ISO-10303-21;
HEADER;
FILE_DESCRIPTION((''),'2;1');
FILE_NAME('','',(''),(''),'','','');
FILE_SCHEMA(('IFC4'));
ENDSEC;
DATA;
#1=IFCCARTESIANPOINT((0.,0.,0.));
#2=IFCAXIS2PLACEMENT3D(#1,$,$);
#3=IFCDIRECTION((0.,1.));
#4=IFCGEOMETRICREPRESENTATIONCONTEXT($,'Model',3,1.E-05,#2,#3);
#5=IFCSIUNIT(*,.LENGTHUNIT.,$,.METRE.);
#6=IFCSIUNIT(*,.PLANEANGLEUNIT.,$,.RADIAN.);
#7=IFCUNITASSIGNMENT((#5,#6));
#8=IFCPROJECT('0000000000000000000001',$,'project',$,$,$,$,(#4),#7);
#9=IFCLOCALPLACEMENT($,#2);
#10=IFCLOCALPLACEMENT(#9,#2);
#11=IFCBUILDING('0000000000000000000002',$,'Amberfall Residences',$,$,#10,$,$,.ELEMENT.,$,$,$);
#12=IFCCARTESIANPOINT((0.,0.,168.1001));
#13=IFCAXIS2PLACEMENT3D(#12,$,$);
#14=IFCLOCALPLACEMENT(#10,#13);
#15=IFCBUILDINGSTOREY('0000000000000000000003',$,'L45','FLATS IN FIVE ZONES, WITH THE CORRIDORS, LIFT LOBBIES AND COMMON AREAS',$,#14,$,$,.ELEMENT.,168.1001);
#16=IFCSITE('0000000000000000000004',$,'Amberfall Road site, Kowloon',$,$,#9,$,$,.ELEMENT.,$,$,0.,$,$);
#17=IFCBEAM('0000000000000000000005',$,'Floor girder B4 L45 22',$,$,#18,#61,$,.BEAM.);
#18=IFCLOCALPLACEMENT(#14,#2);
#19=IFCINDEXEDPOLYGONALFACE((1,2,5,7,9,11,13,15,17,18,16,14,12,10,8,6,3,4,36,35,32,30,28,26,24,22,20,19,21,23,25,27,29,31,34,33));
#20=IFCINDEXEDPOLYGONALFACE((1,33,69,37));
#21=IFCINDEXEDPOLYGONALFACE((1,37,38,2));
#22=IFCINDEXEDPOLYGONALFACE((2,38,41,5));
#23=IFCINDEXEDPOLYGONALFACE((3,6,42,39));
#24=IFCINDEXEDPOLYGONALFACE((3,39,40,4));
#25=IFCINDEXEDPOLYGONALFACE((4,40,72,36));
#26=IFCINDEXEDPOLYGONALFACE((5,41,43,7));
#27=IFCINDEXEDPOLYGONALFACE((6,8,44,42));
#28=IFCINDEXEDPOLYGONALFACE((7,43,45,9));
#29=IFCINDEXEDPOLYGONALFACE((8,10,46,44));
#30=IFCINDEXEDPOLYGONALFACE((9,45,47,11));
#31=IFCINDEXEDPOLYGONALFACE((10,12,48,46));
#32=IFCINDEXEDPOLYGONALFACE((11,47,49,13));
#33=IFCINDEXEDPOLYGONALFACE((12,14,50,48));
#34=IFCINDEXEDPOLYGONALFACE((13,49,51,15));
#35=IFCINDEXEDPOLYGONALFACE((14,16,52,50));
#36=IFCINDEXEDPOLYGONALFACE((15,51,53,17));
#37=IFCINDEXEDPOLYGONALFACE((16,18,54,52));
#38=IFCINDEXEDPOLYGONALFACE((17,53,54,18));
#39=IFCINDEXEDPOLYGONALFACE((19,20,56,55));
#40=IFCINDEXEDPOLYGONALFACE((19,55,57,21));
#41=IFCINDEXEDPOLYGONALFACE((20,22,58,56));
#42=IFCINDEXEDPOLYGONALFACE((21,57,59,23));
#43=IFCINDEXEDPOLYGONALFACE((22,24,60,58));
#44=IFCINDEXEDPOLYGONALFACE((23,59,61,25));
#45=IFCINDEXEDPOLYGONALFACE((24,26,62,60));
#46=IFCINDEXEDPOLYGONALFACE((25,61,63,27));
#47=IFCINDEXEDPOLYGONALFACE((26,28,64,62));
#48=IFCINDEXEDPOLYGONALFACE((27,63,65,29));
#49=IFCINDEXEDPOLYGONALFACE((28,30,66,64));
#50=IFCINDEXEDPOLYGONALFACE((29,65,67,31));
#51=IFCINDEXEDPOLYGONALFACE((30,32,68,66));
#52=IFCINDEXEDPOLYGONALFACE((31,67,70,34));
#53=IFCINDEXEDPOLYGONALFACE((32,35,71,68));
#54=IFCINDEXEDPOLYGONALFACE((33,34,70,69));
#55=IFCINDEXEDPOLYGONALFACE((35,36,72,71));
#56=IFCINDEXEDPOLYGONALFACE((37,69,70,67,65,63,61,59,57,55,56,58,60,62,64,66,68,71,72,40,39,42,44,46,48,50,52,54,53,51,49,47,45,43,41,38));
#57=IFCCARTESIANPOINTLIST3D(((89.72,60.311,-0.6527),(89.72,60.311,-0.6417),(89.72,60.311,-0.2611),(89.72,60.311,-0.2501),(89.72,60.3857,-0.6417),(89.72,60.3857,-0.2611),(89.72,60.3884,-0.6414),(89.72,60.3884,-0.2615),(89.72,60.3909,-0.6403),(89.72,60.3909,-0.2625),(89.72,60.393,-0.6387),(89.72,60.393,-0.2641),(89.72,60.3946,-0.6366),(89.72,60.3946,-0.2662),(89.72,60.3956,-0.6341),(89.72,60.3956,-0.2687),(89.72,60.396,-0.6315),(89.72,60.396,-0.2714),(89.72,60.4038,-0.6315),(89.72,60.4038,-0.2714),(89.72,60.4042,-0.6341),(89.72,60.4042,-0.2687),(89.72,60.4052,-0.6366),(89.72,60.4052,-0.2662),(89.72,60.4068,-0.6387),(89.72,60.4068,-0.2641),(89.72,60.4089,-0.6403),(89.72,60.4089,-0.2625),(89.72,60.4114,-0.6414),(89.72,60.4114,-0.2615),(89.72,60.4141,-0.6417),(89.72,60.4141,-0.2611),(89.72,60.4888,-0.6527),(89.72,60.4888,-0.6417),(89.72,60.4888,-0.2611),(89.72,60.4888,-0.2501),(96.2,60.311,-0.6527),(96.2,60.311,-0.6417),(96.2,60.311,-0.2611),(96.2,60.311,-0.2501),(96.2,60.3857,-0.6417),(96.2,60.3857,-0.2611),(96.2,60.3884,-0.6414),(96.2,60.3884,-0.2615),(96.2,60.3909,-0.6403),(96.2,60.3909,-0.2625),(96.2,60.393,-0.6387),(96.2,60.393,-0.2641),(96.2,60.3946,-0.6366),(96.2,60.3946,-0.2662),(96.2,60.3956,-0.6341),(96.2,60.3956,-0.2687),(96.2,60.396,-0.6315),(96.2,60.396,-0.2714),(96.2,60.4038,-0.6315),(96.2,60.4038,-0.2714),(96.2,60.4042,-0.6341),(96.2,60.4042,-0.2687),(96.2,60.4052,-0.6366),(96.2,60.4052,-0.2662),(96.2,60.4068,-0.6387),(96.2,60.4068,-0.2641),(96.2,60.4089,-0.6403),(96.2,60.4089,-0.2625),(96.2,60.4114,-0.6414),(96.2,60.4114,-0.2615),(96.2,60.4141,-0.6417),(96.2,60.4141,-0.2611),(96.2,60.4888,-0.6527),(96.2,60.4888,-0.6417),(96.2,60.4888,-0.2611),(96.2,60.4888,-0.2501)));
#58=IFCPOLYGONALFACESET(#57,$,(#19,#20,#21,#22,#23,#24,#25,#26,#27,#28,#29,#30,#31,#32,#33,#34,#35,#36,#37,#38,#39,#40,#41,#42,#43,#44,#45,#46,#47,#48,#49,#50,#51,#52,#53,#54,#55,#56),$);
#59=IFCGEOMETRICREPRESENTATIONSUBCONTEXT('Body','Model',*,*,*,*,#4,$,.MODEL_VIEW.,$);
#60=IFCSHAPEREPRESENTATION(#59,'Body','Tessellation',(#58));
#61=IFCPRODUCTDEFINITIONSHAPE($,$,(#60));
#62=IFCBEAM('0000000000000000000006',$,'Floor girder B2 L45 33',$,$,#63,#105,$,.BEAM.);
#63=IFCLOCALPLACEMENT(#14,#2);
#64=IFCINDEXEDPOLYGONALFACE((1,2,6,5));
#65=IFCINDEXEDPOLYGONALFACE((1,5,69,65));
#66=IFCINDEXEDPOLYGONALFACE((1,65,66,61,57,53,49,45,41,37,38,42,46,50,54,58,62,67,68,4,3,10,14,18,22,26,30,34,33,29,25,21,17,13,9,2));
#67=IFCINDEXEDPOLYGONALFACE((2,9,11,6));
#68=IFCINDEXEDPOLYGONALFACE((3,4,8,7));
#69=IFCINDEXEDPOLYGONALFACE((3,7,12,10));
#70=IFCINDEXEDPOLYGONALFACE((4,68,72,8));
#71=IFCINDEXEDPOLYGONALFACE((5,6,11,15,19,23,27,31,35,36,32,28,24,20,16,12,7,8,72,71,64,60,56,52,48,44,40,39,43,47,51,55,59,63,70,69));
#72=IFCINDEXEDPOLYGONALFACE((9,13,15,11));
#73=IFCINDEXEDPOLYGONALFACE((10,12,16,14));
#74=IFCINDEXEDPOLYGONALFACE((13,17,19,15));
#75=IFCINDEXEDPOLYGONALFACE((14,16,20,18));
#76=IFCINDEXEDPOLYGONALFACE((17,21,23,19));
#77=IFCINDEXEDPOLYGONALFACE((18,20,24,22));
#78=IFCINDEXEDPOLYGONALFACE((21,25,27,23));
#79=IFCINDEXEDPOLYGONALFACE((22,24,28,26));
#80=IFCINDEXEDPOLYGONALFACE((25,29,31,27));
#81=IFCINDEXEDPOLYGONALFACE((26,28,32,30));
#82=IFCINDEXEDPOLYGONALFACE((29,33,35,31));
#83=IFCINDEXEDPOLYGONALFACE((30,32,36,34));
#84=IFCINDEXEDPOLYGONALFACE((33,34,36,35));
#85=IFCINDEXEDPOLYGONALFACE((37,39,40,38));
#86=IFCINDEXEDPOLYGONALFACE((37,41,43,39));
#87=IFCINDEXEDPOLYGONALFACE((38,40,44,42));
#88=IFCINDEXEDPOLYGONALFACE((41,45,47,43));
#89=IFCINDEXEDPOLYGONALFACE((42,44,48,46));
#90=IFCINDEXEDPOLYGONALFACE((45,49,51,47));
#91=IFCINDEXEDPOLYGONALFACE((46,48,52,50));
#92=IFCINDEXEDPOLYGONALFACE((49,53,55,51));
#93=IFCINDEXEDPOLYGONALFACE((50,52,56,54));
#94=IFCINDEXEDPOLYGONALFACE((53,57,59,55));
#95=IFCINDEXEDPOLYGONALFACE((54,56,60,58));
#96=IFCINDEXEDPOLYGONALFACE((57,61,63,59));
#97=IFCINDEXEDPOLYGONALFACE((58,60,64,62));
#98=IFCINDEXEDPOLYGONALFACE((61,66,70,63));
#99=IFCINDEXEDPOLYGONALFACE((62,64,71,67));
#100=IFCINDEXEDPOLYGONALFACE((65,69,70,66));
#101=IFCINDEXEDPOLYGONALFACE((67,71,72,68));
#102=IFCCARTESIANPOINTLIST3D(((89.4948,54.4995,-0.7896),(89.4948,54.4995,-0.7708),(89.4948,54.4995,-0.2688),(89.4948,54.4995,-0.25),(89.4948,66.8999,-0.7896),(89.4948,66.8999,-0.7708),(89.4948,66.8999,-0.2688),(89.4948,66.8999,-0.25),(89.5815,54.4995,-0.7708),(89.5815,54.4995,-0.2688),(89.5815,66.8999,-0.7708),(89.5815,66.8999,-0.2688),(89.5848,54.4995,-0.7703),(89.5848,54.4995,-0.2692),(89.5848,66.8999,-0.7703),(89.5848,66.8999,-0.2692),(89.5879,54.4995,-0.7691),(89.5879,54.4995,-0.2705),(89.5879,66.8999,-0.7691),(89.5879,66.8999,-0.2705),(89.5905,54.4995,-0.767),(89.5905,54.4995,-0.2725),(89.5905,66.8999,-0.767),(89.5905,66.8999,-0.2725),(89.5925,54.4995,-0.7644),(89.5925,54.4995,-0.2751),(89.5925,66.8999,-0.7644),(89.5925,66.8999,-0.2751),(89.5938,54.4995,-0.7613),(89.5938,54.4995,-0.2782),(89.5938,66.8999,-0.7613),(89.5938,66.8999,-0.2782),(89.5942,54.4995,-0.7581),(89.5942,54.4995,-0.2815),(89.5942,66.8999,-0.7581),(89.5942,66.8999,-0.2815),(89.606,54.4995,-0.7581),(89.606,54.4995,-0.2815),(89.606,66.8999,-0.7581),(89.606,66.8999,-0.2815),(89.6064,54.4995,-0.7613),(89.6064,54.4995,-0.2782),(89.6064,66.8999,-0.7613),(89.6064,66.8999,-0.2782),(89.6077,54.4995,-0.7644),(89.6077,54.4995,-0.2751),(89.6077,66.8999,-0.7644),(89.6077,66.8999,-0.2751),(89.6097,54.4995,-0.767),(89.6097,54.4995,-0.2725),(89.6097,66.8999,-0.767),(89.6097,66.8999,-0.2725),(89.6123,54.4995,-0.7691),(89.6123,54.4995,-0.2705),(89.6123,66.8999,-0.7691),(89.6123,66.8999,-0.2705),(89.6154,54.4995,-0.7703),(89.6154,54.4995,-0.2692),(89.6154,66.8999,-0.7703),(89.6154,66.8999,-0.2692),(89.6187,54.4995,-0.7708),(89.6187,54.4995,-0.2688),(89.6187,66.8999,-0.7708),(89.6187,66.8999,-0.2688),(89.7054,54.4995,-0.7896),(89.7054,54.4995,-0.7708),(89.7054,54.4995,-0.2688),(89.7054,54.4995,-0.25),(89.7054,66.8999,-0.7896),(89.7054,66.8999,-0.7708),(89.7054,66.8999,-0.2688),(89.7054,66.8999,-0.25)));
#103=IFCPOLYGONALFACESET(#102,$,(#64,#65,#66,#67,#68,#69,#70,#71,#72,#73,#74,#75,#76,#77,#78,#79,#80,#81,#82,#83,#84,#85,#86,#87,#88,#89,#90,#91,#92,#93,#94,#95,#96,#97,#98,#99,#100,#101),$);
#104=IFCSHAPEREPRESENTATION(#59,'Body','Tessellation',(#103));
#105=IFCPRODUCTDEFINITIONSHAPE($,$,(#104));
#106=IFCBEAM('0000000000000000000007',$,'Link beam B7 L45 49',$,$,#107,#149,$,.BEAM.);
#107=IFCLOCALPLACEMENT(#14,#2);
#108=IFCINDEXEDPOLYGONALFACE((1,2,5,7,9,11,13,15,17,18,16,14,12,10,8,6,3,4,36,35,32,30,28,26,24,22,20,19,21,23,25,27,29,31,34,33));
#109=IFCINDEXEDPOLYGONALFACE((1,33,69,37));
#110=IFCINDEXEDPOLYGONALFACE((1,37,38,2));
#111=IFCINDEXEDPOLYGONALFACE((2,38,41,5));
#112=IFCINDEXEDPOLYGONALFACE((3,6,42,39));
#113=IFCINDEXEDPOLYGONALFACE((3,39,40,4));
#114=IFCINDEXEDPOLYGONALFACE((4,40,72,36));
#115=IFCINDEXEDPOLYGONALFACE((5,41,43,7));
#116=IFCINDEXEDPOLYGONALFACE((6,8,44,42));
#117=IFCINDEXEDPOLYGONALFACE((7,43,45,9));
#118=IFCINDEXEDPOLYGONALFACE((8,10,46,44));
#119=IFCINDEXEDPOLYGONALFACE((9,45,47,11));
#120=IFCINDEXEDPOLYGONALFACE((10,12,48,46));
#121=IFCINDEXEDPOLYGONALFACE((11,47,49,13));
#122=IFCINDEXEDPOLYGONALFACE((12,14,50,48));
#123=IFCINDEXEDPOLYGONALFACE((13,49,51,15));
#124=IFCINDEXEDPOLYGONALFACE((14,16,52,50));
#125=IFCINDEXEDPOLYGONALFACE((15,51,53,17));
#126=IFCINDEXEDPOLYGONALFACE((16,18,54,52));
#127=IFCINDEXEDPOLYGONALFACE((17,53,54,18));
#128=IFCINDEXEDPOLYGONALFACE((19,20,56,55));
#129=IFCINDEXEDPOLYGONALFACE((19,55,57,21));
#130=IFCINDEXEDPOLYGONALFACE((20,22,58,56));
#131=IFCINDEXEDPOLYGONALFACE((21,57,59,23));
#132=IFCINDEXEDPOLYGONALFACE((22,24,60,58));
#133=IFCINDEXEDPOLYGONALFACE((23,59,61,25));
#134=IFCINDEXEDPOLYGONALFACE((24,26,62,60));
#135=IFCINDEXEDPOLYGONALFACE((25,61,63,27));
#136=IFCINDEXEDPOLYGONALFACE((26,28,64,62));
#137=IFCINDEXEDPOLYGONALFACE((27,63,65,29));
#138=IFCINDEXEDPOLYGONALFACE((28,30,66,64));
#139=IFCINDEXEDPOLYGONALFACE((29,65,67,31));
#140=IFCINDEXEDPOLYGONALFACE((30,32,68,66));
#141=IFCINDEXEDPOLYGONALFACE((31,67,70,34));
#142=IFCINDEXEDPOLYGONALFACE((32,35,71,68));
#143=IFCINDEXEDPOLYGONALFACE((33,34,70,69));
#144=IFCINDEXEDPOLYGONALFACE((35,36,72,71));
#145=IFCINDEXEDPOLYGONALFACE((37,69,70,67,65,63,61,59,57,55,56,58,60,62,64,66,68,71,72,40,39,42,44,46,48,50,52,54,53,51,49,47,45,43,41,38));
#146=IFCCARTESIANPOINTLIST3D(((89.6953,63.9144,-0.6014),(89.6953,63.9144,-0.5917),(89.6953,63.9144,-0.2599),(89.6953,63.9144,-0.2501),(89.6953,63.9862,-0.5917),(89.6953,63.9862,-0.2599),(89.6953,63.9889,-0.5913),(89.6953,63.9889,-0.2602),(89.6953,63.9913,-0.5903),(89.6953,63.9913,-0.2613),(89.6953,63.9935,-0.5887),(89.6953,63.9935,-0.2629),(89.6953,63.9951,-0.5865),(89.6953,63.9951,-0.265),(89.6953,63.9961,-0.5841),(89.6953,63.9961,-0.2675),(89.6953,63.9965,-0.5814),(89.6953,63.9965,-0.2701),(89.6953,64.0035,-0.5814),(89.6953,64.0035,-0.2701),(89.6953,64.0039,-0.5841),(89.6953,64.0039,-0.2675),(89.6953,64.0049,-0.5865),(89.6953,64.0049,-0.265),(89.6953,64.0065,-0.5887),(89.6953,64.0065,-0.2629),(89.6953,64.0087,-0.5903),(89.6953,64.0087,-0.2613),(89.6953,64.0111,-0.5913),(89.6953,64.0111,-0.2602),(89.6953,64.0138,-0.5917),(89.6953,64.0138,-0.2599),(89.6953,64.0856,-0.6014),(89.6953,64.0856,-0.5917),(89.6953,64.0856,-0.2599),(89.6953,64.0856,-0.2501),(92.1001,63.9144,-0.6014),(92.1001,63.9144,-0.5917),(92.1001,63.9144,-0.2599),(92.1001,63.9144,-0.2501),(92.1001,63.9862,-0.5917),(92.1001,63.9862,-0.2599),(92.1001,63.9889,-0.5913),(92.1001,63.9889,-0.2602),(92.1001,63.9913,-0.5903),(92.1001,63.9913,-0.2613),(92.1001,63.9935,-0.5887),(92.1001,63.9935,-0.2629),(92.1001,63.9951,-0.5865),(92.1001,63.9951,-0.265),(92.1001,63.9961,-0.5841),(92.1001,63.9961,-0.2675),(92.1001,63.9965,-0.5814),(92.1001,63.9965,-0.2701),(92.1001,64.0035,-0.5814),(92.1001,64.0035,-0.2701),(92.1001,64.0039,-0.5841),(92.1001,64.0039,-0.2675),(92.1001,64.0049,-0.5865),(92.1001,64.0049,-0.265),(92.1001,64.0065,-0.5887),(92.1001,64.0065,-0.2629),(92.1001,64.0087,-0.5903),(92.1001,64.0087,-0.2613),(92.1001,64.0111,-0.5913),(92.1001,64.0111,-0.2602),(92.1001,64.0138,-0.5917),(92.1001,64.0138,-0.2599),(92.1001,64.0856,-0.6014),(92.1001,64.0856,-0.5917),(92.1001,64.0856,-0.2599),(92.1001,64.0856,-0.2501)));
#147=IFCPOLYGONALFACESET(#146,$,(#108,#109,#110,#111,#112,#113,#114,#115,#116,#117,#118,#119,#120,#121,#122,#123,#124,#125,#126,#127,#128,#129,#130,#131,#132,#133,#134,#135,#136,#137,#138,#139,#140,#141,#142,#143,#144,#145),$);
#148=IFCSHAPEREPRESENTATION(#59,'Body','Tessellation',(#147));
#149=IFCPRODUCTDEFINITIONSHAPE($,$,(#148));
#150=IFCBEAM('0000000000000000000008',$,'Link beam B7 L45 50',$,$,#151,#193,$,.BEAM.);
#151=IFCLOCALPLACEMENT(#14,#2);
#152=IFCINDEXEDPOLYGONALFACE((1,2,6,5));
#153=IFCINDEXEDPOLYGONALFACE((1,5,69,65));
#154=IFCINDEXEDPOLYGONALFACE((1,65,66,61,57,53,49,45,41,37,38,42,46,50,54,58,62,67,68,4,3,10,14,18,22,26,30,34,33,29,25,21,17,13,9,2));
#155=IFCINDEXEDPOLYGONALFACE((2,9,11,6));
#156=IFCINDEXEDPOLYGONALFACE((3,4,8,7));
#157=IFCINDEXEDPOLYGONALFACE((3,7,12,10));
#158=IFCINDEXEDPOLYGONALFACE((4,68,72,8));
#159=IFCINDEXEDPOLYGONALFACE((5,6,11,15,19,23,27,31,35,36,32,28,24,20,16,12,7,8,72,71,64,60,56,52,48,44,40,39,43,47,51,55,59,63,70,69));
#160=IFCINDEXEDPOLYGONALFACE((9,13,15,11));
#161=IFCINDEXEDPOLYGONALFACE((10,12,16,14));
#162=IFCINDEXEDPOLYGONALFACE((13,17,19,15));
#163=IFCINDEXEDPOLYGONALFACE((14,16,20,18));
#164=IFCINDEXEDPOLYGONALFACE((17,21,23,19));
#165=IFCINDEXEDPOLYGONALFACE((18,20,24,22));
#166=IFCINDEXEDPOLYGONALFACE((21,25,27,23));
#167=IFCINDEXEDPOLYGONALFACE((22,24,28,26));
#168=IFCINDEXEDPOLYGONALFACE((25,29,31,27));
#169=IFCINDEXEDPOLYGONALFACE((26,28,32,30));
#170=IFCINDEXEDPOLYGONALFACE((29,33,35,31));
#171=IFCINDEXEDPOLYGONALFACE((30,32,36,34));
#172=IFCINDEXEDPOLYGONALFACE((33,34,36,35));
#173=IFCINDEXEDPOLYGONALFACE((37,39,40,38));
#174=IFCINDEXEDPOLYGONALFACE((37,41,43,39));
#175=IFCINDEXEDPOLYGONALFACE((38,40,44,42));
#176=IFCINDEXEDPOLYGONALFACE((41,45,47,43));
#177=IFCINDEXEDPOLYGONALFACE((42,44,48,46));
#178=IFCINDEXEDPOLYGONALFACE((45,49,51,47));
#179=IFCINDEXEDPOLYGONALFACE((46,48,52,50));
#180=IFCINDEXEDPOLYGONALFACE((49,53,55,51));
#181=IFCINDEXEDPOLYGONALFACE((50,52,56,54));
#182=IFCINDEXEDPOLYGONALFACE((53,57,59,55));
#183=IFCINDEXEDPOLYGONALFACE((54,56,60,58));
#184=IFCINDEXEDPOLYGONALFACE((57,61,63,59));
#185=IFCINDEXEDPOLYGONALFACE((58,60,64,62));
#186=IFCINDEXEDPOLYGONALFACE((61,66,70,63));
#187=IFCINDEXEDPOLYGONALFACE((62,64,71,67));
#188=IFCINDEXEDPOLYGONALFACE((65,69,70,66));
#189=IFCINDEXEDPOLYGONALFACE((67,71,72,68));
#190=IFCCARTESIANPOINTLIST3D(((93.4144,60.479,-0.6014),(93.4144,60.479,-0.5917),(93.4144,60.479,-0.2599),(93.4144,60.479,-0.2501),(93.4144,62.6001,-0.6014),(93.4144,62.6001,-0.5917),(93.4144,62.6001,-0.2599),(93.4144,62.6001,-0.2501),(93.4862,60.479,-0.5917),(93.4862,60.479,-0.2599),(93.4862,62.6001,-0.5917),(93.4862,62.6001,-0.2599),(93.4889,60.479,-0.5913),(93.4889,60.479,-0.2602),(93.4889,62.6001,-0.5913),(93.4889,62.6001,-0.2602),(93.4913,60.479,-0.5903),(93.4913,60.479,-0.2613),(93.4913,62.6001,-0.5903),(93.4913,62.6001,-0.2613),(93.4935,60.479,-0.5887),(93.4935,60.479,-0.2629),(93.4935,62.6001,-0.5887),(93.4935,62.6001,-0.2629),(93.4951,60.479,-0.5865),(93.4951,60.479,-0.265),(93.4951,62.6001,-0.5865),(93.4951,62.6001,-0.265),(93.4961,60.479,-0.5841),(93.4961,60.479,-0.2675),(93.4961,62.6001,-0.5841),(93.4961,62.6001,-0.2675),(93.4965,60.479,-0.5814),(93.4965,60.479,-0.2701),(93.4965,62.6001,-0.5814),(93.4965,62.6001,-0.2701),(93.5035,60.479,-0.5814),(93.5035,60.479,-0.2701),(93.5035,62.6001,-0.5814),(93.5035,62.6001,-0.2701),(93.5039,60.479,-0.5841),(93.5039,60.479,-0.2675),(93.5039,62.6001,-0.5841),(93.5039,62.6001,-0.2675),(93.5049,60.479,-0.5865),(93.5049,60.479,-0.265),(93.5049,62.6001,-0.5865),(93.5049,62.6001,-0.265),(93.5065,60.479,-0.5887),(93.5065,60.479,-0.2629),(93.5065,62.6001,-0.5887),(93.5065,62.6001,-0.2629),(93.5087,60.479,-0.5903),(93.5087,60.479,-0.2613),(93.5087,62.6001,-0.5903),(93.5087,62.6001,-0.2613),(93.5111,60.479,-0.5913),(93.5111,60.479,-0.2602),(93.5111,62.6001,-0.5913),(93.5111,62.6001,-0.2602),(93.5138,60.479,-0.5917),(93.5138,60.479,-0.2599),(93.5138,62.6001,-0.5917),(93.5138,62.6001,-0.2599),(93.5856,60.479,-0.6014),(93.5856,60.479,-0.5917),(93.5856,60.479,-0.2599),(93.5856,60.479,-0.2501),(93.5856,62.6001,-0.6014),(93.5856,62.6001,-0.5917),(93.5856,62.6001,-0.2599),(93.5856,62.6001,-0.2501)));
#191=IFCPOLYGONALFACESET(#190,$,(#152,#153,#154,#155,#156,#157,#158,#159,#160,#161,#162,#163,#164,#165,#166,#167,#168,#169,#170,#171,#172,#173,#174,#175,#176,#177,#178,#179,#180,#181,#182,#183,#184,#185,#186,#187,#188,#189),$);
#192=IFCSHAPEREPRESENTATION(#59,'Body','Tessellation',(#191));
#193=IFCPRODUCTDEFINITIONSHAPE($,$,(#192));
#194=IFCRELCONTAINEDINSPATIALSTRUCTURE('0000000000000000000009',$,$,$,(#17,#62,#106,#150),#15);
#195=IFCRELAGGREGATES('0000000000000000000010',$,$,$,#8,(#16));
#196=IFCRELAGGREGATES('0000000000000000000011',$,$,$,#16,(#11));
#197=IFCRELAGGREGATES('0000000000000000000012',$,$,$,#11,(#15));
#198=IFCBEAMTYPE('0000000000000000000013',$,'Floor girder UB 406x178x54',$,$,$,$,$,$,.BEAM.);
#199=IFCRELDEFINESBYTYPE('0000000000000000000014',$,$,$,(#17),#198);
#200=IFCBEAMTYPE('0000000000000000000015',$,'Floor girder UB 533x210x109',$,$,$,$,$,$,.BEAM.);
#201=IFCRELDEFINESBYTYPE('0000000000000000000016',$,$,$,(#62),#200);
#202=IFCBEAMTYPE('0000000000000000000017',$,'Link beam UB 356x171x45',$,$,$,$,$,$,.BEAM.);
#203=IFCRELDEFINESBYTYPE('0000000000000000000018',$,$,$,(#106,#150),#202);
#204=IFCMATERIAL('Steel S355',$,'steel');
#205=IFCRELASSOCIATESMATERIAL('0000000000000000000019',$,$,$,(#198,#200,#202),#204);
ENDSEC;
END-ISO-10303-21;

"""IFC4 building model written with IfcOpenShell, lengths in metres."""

from ifc_helpers import new_model, si_unit, direction, frame, origin, origin_2d, place, context, subcontext, project, spatial, i_section, extrude, material, material_profile, profile_set, type_object, element, save


model = new_model("IFC4")

# Units and contexts
model_context = context("Model", 3, precision=1e-05, world=origin(), true_north=direction((0.0, 1.0)))
body_context = subcontext(model_context, "Body", "Model", "MODEL_VIEW")
ifc_project = project(units=[si_unit("LENGTHUNIT", "METRE"), si_unit("PLANEANGLEUNIT", "RADIAN")], contexts=[model_context])

# Site, building, storey
site_placement = place(None, origin())
site = spatial("IfcSite", under=ifc_project, at=site_placement, Name="Amberfall Road site, Kowloon", CompositionType="ELEMENT", RefElevation=0.0)
building_placement = place(site_placement, origin())
building = spatial("IfcBuilding", under=site, at=building_placement, Name="Amberfall Residences", CompositionType="ELEMENT")
storey_placement = place(building_placement, frame((0.0, 0.0, 168.1001)))
storey = spatial("IfcBuildingStorey", under=building, at=storey_placement, Name="L45", Description="FLATS IN FIVE ZONES, WITH THE CORRIDORS, LIFT LOBBIES AND COMMON AREAS", CompositionType="ELEMENT", Elevation=168.1001)

# Beams
ifc_material_1 = material(Name="Steel S355", Category="steel")
ifc_material_profile_1 = material_profile(ifc_material_1, i_section(OverallWidth=0.1777, OverallDepth=0.4026, WebThickness=0.0078, FlangeThickness=0.011, FilletRadius=0.0103, at=origin_2d()), Name="UB 406x178x54")
ifc_profile_set_1 = profile_set([ifc_material_profile_1], Name="Steel S355")
beam_type_1 = type_object("IfcBeamType", Name="Floor girder UB 406x178x54", PredefinedType="BEAM", material=ifc_profile_set_1)
beam_1_placement = place(storey_placement, frame((96.2, 60.3999, -0.4514), z_axis=(-1.0, 0.0, 0.0), x_axis=(0.0, -1.0, 0.0)))
element("IfcBeam", 1, at=beam_1_placement, inside=storey, type_object=beam_type_1, Name="Floor girder B4 L45 22", PredefinedType="BEAM", context=body_context, shape_type="SweptSolid", body=[
    extrude(i_section(OverallWidth=0.1777, OverallDepth=0.4026, WebThickness=0.0078, FlangeThickness=0.011, FilletRadius=0.0103, at=origin_2d()), origin(), (0.0, 0.0, 1.0), 6.48),
])
ifc_material_profile_2 = material_profile(ifc_material_1, i_section(OverallWidth=0.2107, OverallDepth=0.5396, WebThickness=0.0117, FlangeThickness=0.0188, FilletRadius=0.0127, at=origin_2d()), Name="UB 533x210x109")
ifc_profile_set_2 = profile_set([ifc_material_profile_2], Name="Steel S355")
beam_type_2 = type_object("IfcBeamType", Name="Floor girder UB 533x210x109", PredefinedType="BEAM", material=ifc_profile_set_2)
beam_2_placement = place(storey_placement, frame((89.6001, 66.8999, -0.5198), z_axis=(0.0, -1.0, 0.0), x_axis=(1.0, 0.0, 0.0)))
element("IfcBeam", 2, at=beam_2_placement, inside=storey, type_object=beam_type_2, Name="Floor girder B2 L45 33", PredefinedType="BEAM", context=body_context, shape_type="SweptSolid", body=[
    extrude(i_section(OverallWidth=0.2107, OverallDepth=0.5396, WebThickness=0.0117, FlangeThickness=0.0188, FilletRadius=0.0127, at=origin_2d()), origin(), (0.0, 0.0, 1.0), 12.4004),
])
ifc_material_profile_3 = material_profile(ifc_material_1, i_section(OverallWidth=0.1711, OverallDepth=0.3513, WebThickness=0.0071, FlangeThickness=0.0098, FilletRadius=0.0103, at=origin_2d()), Name="UB 356x171x45")
ifc_profile_set_3 = profile_set([ifc_material_profile_3], Name="Steel S355")
beam_type_3 = type_object("IfcBeamType", Name="Link beam UB 356x171x45", PredefinedType="BEAM", material=ifc_profile_set_3)
beam_3_placement = place(storey_placement, frame((92.1001, 64.0, -0.4258), z_axis=(-1.0, 0.0, 0.0), x_axis=(0.0, -1.0, 0.0)))
element("IfcBeam", 3, at=beam_3_placement, inside=storey, type_object=beam_type_3, Name="Link beam B7 L45 49", PredefinedType="BEAM", context=body_context, shape_type="SweptSolid", body=[
    extrude(i_section(OverallWidth=0.1711, OverallDepth=0.3513, WebThickness=0.0071, FlangeThickness=0.0098, FilletRadius=0.0103, at=origin_2d()), origin(), (0.0, 0.0, 1.0), 2.4048),
])
beam_4_placement = place(storey_placement, frame((93.5, 62.6001, -0.4258), z_axis=(0.0, -1.0, 0.0), x_axis=(1.0, 0.0, 0.0)))
element("IfcBeam", 4, at=beam_4_placement, inside=storey, type_object=beam_type_3, Name="Link beam B7 L45 50", PredefinedType="BEAM", context=body_context, shape_type="SweptSolid", body=[
    extrude(i_section(OverallWidth=0.1711, OverallDepth=0.3513, WebThickness=0.0071, FlangeThickness=0.0098, FilletRadius=0.0103, at=origin_2d()), origin(), (0.0, 0.0, 1.0), 2.1211),
])

save(model, "model.ifc")
